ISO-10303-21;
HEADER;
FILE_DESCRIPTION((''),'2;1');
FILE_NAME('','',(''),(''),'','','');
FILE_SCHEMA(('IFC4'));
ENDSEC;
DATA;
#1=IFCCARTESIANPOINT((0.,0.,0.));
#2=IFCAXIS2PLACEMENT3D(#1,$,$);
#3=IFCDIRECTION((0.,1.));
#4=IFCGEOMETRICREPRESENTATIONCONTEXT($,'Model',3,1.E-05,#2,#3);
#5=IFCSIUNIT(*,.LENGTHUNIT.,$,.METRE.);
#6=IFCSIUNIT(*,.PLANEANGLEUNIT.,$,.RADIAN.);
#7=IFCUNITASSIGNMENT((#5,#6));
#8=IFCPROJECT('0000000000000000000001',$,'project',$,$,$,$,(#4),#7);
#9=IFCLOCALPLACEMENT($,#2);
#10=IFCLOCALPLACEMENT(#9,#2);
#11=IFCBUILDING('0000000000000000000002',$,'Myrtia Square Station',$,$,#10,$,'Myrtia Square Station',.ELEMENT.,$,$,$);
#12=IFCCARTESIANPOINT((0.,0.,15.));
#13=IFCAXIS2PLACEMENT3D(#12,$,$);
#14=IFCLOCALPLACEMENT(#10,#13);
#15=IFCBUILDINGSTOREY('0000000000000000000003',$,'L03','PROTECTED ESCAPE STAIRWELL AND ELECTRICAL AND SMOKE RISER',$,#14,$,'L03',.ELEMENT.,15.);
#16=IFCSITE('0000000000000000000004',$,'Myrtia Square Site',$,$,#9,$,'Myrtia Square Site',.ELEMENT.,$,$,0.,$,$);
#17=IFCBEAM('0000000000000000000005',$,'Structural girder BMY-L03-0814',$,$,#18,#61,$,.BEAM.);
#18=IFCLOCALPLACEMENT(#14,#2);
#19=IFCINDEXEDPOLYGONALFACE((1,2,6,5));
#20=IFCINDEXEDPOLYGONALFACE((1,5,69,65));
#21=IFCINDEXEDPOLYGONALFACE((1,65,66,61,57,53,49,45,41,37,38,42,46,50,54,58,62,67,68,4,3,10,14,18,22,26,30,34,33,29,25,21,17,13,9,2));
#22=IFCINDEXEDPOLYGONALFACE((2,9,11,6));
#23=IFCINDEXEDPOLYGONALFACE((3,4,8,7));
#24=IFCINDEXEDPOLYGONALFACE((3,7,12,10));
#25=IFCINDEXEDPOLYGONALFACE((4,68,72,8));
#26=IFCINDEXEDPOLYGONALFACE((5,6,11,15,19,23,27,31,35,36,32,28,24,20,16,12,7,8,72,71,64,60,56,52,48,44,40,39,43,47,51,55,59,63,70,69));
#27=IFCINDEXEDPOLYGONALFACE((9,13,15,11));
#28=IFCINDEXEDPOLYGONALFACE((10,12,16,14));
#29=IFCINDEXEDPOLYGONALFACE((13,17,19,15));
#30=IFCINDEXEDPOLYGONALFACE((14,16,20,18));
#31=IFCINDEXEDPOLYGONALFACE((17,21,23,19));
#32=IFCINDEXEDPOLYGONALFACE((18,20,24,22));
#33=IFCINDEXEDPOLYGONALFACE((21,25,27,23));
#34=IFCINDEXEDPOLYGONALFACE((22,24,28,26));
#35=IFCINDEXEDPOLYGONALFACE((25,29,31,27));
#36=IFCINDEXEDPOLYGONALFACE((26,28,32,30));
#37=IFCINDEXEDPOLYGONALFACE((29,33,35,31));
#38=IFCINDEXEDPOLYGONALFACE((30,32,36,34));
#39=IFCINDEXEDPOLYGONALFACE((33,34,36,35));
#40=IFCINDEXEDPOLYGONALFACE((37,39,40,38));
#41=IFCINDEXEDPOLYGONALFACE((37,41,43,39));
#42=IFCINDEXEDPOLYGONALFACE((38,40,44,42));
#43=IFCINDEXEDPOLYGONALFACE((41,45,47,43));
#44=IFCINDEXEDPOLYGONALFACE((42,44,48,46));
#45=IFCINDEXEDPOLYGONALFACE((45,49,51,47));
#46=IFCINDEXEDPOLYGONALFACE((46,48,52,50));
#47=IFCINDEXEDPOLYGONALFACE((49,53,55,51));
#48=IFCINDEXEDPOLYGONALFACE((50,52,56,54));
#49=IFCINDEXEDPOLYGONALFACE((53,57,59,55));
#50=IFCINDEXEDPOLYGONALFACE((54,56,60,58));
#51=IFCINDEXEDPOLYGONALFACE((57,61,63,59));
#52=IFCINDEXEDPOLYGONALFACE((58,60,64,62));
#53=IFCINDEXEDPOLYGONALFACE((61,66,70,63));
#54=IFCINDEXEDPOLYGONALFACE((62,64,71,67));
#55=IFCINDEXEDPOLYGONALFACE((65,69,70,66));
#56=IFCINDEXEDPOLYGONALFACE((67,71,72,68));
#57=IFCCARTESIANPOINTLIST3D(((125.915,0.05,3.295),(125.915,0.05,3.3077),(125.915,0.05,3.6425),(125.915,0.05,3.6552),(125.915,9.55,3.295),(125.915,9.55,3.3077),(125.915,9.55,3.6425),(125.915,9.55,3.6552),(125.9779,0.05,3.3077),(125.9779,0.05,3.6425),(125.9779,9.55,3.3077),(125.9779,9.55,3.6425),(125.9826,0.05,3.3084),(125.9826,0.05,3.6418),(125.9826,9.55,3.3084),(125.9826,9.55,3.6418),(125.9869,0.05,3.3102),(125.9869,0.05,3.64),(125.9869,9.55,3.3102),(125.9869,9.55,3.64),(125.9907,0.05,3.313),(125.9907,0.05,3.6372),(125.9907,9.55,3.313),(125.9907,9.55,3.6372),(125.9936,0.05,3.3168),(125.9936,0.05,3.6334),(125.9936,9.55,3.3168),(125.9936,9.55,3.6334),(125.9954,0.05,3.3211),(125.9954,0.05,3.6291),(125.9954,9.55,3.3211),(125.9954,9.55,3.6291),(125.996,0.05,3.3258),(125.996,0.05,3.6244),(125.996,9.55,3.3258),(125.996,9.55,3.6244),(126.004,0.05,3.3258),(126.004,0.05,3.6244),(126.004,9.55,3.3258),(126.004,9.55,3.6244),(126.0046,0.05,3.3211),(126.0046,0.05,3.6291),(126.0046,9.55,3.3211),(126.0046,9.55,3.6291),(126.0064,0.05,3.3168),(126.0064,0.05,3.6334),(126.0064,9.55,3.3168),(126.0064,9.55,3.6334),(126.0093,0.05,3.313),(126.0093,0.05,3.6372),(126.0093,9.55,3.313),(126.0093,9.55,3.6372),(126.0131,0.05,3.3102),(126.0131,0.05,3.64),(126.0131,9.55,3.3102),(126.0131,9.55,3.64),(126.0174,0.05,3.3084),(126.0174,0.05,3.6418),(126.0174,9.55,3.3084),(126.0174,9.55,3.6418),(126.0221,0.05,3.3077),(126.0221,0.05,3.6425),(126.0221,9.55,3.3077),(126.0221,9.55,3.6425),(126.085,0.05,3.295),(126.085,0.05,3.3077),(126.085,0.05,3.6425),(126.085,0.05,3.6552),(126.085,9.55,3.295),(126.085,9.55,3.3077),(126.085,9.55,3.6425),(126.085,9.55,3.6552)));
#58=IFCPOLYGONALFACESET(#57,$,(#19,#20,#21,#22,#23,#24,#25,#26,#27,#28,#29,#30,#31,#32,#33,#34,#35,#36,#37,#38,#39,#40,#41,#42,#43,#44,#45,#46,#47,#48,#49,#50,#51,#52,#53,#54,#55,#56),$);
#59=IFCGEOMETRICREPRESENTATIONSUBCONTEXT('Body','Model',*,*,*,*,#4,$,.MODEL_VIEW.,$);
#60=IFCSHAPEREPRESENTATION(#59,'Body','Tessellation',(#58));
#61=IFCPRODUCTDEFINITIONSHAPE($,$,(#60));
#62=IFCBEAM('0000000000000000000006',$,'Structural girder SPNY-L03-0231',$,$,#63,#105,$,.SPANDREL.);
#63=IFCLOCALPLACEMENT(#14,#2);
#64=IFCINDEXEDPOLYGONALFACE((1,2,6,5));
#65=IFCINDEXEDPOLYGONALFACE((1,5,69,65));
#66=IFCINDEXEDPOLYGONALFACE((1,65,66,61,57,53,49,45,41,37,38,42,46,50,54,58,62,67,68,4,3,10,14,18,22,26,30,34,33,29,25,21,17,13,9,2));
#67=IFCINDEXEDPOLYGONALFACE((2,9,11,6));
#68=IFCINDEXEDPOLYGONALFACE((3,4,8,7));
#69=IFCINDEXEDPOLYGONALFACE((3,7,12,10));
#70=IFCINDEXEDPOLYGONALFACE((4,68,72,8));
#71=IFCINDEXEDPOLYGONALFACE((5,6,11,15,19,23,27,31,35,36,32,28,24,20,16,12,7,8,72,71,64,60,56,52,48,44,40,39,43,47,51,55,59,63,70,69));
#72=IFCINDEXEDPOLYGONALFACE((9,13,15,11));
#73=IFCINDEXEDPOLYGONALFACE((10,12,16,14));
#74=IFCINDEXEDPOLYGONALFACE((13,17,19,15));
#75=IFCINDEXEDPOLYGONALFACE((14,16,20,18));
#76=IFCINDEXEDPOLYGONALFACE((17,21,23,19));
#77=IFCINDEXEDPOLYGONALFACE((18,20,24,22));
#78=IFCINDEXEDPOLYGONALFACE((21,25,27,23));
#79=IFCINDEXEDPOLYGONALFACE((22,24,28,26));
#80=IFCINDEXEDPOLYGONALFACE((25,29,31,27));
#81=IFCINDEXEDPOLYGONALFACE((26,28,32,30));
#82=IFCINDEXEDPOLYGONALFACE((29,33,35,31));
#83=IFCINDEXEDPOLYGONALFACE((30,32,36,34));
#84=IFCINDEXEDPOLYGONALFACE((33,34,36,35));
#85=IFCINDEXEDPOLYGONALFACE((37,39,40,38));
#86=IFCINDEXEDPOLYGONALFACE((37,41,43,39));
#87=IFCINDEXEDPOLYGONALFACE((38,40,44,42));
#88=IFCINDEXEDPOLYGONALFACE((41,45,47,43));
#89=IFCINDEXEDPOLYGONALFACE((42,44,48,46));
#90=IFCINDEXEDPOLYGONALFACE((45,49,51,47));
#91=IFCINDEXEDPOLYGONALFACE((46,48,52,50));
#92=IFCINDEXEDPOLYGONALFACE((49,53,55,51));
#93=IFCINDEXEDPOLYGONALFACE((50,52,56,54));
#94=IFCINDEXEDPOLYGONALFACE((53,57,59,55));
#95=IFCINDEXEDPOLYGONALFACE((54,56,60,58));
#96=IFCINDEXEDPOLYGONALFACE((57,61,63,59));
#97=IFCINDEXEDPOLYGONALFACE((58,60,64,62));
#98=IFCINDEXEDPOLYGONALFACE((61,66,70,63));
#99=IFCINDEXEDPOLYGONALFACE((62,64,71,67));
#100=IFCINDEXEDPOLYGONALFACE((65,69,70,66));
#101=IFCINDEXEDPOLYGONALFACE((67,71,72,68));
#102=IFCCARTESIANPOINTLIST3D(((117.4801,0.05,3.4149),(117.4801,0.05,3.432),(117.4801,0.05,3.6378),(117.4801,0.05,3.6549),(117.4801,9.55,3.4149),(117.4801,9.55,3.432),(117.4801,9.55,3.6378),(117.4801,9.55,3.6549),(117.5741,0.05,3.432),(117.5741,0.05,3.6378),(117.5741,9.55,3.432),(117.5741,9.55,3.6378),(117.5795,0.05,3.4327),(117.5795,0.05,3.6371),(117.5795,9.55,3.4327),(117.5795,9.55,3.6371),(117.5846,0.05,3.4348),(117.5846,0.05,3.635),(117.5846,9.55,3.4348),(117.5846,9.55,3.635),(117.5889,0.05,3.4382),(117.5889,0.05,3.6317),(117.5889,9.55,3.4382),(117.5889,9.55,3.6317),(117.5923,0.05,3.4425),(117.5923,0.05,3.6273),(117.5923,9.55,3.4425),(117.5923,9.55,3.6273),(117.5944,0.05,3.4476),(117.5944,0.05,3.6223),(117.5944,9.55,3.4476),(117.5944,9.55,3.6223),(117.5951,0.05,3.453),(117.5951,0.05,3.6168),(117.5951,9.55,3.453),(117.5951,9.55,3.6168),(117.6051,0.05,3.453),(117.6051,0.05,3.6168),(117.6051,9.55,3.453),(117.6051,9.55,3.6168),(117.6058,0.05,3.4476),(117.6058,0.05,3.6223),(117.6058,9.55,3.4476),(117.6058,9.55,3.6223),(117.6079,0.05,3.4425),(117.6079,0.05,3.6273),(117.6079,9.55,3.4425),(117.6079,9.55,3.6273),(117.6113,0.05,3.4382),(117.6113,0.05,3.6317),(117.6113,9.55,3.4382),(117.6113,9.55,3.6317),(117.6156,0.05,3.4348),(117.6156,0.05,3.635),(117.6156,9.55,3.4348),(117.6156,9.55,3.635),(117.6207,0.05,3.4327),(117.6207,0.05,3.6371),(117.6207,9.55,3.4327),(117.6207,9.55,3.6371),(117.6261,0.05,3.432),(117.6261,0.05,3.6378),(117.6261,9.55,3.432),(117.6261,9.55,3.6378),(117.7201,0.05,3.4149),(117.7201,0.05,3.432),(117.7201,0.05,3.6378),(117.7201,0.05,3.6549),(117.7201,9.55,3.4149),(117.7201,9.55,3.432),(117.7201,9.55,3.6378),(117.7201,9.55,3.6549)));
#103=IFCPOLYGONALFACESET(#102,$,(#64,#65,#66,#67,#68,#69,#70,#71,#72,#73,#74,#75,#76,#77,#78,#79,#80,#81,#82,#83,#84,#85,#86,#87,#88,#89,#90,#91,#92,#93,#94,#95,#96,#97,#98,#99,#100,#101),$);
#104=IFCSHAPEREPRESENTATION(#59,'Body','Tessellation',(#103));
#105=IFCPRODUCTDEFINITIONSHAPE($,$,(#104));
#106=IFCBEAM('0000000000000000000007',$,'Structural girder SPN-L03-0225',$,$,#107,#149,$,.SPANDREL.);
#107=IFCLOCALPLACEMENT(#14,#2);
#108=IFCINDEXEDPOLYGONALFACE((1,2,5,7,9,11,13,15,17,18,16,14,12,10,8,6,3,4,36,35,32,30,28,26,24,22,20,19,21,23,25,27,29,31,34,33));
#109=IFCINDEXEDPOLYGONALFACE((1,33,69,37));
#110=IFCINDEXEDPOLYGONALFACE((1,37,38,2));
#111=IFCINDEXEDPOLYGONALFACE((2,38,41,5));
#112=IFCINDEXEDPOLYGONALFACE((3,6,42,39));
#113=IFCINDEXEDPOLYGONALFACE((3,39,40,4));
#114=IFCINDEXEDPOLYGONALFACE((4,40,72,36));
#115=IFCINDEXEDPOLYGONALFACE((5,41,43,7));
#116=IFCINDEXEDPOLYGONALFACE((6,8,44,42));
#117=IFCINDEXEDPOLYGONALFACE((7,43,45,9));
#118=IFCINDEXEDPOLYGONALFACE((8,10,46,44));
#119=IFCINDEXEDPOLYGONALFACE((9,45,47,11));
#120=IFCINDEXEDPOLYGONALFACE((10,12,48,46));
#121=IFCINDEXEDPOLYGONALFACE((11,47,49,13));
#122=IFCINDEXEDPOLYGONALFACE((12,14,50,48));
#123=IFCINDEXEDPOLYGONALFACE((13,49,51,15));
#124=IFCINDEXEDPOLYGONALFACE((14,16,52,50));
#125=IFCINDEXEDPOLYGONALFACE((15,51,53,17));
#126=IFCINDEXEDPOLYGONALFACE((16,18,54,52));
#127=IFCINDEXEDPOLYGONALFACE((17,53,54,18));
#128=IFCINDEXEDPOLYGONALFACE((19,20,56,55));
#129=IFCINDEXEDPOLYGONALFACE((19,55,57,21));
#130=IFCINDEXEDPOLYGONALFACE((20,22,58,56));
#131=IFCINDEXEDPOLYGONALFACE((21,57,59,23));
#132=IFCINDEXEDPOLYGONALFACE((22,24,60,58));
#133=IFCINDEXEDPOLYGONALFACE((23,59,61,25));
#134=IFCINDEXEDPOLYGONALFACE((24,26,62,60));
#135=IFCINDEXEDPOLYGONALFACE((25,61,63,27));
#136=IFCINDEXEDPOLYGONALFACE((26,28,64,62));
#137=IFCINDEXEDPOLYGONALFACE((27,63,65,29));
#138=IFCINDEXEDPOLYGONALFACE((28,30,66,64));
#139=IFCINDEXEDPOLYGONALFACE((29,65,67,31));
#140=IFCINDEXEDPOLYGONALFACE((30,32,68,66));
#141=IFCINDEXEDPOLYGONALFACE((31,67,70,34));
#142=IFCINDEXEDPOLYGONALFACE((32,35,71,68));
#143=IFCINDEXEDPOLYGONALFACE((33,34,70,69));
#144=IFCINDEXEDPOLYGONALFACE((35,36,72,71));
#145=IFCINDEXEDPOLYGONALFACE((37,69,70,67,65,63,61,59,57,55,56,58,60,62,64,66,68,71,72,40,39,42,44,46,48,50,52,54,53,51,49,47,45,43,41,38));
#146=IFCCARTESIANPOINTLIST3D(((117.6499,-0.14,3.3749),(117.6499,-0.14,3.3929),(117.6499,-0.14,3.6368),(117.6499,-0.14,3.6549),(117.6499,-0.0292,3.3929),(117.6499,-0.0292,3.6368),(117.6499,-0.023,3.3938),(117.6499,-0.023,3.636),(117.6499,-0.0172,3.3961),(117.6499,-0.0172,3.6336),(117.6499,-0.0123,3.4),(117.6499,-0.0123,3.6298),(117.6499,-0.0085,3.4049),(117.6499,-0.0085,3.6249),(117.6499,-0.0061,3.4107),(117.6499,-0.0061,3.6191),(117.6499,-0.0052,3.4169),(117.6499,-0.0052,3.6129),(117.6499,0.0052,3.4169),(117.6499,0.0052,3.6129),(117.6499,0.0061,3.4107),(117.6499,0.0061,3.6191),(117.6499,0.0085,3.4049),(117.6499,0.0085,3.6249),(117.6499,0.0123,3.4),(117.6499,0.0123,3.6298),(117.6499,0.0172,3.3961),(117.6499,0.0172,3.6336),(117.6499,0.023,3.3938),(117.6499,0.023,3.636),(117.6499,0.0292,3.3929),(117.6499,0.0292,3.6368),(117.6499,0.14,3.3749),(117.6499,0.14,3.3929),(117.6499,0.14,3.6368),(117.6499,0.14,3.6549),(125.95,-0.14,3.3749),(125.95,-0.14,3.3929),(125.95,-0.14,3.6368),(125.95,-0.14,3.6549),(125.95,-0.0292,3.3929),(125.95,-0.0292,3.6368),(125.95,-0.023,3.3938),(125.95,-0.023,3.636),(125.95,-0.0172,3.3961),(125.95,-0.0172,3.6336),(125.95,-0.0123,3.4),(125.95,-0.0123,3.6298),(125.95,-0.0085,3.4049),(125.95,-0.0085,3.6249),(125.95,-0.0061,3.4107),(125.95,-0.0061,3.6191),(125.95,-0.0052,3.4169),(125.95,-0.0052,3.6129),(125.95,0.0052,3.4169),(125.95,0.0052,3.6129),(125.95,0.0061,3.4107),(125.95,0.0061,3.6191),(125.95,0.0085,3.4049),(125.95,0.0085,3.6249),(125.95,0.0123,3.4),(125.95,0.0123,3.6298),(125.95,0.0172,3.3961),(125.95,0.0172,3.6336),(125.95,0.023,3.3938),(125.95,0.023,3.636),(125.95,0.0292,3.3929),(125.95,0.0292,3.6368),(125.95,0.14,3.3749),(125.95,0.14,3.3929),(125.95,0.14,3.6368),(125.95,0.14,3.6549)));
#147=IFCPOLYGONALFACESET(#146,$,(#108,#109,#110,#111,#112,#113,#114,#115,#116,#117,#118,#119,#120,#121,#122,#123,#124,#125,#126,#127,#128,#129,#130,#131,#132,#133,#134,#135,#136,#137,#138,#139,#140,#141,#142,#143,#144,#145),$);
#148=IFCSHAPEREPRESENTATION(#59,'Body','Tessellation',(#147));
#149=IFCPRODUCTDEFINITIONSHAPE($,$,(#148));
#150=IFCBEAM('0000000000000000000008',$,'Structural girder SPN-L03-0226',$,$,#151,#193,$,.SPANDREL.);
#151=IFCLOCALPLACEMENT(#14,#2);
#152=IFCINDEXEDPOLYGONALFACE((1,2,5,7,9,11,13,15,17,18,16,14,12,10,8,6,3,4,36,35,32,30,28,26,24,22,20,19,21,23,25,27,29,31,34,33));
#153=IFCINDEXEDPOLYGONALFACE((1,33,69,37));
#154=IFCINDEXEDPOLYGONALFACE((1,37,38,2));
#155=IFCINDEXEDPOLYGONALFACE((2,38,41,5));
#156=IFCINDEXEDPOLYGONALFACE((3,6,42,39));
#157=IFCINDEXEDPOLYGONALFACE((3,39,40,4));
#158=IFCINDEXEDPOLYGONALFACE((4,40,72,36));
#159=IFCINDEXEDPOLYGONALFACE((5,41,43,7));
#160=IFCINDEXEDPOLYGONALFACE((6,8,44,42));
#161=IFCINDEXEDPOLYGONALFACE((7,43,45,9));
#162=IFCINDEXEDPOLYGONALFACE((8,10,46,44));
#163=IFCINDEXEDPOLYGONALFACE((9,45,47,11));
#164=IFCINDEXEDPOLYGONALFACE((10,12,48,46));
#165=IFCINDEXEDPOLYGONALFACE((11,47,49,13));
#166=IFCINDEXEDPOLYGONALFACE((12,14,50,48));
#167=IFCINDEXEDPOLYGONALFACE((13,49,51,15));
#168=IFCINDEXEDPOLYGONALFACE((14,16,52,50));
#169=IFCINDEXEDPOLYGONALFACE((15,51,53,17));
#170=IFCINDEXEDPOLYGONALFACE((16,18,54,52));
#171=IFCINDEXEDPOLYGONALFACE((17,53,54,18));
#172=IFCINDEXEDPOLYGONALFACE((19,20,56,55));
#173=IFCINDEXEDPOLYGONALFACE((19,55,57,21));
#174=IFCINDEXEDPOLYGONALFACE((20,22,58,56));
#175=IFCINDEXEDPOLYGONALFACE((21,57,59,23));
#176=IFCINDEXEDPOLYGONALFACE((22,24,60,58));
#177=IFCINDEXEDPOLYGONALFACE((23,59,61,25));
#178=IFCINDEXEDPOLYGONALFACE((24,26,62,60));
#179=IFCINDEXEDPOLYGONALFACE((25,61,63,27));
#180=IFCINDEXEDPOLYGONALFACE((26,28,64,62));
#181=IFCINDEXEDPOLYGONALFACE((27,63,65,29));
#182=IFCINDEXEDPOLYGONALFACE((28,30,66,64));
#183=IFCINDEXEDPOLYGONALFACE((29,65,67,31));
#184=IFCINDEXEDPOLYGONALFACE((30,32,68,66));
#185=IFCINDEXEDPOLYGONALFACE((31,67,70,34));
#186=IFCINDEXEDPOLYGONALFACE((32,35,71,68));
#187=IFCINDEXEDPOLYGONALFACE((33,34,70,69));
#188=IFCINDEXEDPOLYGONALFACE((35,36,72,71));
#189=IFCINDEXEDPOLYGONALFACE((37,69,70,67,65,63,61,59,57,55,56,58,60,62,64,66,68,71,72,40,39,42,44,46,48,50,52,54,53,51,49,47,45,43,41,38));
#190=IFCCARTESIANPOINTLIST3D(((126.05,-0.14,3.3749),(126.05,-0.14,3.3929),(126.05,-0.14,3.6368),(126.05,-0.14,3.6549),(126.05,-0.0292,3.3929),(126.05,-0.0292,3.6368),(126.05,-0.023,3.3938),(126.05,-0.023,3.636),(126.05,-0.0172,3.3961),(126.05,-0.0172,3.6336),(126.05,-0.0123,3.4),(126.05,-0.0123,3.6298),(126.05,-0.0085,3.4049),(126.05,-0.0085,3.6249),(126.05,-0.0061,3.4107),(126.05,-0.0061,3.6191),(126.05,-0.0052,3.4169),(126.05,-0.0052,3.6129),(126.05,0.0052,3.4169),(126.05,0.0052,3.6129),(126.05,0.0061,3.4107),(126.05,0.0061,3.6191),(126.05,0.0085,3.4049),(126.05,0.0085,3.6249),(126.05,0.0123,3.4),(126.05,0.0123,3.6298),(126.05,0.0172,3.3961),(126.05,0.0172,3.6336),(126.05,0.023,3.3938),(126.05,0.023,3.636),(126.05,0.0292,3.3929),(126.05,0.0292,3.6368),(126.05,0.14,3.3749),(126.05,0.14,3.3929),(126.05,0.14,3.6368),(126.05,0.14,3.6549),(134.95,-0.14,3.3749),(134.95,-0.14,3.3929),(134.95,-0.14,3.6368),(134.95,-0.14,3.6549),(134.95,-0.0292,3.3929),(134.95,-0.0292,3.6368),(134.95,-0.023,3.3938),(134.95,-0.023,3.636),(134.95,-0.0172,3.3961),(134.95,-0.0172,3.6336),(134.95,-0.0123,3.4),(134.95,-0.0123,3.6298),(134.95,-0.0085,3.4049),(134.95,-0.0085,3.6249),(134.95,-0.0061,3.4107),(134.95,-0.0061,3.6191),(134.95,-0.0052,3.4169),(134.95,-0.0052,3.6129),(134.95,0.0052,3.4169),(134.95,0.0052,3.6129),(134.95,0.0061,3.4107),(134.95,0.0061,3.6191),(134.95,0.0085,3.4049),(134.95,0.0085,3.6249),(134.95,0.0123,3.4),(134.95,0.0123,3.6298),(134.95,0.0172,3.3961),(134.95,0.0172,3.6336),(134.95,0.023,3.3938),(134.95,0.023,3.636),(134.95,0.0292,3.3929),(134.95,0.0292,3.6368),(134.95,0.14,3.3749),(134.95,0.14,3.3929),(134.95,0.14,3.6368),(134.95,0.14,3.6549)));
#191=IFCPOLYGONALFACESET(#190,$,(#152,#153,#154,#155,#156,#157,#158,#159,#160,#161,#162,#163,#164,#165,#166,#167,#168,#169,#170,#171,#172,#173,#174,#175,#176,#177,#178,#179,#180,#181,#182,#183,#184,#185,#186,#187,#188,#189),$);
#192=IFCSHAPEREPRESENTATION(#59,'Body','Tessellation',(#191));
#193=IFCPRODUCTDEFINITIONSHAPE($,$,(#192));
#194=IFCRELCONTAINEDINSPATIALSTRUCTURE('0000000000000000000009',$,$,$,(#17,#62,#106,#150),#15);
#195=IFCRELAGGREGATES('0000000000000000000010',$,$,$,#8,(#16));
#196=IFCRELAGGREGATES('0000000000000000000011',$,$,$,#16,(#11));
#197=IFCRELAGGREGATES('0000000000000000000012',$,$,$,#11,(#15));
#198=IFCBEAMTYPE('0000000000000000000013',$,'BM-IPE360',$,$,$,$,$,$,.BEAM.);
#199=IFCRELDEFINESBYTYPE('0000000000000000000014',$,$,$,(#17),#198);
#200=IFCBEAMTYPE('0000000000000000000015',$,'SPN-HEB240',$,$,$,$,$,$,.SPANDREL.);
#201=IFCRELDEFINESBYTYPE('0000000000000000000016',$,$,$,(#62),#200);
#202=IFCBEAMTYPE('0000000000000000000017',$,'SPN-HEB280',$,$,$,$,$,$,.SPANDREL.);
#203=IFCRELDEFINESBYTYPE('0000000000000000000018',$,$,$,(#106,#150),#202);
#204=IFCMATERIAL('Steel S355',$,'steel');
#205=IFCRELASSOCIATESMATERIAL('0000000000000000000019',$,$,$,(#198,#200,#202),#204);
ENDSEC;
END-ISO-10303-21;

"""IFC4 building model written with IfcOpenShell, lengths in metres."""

from ifc_helpers import new_model, si_unit, direction, frame, origin, origin_2d, place, context, subcontext, project, spatial, i_section, extrude, material, material_profile, profile_set, type_object, element, save


model = new_model("IFC4")

# Units and contexts
model_context = context("Model", 3, precision=1e-05, world=origin(), true_north=direction((0.0, 1.0)))
body_context = subcontext(model_context, "Body", "Model", "MODEL_VIEW")
ifc_project = project(units=[si_unit("LENGTHUNIT", "METRE"), si_unit("PLANEANGLEUNIT", "RADIAN")], contexts=[model_context])

# Site, building, storey
site_placement = place(None, origin())
site = spatial("IfcSite", under=ifc_project, at=site_placement, Name="Myrtia Square Site", LongName="Myrtia Square Site", CompositionType="ELEMENT", RefElevation=0.0)
building_placement = place(site_placement, origin())
building = spatial("IfcBuilding", under=site, at=building_placement, Name="Myrtia Square Station", LongName="Myrtia Square Station", CompositionType="ELEMENT")
storey_placement = place(building_placement, frame((0.0, 0.0, 15.0)))
storey = spatial("IfcBuildingStorey", under=building, at=storey_placement, Name="L03", Description="PROTECTED ESCAPE STAIRWELL AND ELECTRICAL AND SMOKE RISER", LongName="L03", CompositionType="ELEMENT", Elevation=15.0)

# Shared definitions
ifc_material_1 = material(Name="Steel S355", Category="steel")

# Beams
ifc_material_profile_1 = material_profile(ifc_material_1, i_section(OverallWidth=0.1699, OverallDepth=0.3601, WebThickness=0.0081, FlangeThickness=0.0127, FilletRadius=0.0181, at=origin_2d()), Name="IPE 360")
ifc_profile_set_1 = profile_set([ifc_material_profile_1], Name="Steel S355")
beam_type_1 = type_object("IfcBeamType", Name="BM-IPE360", PredefinedType="BEAM", material=ifc_profile_set_1)
beam_1_placement = place(storey_placement, frame((126.0, 0.05, 3.4751), z_axis=(0.0, 1.0, 0.0), x_axis=(-1.0, 0.0, 0.0)))
element("IfcBeam", 1, at=beam_1_placement, inside=storey, type_object=beam_type_1, Name="Structural girder BMY-L03-0814", PredefinedType="BEAM", context=body_context, shape_type="SweptSolid", body=[
    extrude(i_section(OverallWidth=0.1699, OverallDepth=0.3601, WebThickness=0.0081, FlangeThickness=0.0127, FilletRadius=0.0181, at=origin_2d()), origin(), (0.0, 0.0, 1.0), 9.5),
])
ifc_material_profile_2 = material_profile(ifc_material_1, i_section(OverallWidth=0.24, OverallDepth=0.24, WebThickness=0.01, FlangeThickness=0.0171, FilletRadius=0.021, at=origin_2d()), Name="HEB 240")
ifc_profile_set_2 = profile_set([ifc_material_profile_2], Name="Steel S355")
beam_type_2 = type_object("IfcBeamType", Name="SPN-HEB240", PredefinedType="SPANDREL", material=ifc_profile_set_2)
beam_2_placement = place(storey_placement, frame((117.6001, 0.05, 3.5349), z_axis=(0.0, 1.0, 0.0), x_axis=(-1.0, 0.0, 0.0)))
element("IfcBeam", 2, at=beam_2_placement, inside=storey, type_object=beam_type_2, Name="Structural girder SPNY-L03-0231", PredefinedType="SPANDREL", context=body_context, shape_type="SweptSolid", body=[
    extrude(i_section(OverallWidth=0.24, OverallDepth=0.24, WebThickness=0.01, FlangeThickness=0.0171, FilletRadius=0.021, at=origin_2d()), origin(), (0.0, 0.0, 1.0), 9.5),
])
ifc_material_profile_3 = material_profile(ifc_material_1, i_section(OverallWidth=0.28, OverallDepth=0.28, WebThickness=0.0105, FlangeThickness=0.0181, FilletRadius=0.0239, at=origin_2d()), Name="HEB 280")
ifc_profile_set_3 = profile_set([ifc_material_profile_3], Name="Steel S355")
beam_type_3 = type_object("IfcBeamType", Name="SPN-HEB280", PredefinedType="SPANDREL", material=ifc_profile_set_3)
beam_3_placement = place(storey_placement, frame((117.6499, 0.0, 3.5149), z_axis=(1.0, 0.0, 0.0), x_axis=(0.0, 1.0, 0.0)))
element("IfcBeam", 3, at=beam_3_placement, inside=storey, type_object=beam_type_3, Name="Structural girder SPN-L03-0225", PredefinedType="SPANDREL", context=body_context, shape_type="SweptSolid", body=[
    extrude(i_section(OverallWidth=0.28, OverallDepth=0.28, WebThickness=0.0105, FlangeThickness=0.0181, FilletRadius=0.0239, at=origin_2d()), origin(), (0.0, 0.0, 1.0), 8.3),
])
beam_4_placement = place(storey_placement, frame((126.05, 0.0, 3.5149), z_axis=(1.0, 0.0, 0.0), x_axis=(0.0, 1.0, 0.0)))
element("IfcBeam", 4, at=beam_4_placement, inside=storey, type_object=beam_type_3, Name="Structural girder SPN-L03-0226", PredefinedType="SPANDREL", context=body_context, shape_type="SweptSolid", body=[
    extrude(i_section(OverallWidth=0.28, OverallDepth=0.28, WebThickness=0.0105, FlangeThickness=0.0181, FilletRadius=0.0239, at=origin_2d()), origin(), (0.0, 0.0, 1.0), 8.8999),
])

save(model, "model.ifc")
